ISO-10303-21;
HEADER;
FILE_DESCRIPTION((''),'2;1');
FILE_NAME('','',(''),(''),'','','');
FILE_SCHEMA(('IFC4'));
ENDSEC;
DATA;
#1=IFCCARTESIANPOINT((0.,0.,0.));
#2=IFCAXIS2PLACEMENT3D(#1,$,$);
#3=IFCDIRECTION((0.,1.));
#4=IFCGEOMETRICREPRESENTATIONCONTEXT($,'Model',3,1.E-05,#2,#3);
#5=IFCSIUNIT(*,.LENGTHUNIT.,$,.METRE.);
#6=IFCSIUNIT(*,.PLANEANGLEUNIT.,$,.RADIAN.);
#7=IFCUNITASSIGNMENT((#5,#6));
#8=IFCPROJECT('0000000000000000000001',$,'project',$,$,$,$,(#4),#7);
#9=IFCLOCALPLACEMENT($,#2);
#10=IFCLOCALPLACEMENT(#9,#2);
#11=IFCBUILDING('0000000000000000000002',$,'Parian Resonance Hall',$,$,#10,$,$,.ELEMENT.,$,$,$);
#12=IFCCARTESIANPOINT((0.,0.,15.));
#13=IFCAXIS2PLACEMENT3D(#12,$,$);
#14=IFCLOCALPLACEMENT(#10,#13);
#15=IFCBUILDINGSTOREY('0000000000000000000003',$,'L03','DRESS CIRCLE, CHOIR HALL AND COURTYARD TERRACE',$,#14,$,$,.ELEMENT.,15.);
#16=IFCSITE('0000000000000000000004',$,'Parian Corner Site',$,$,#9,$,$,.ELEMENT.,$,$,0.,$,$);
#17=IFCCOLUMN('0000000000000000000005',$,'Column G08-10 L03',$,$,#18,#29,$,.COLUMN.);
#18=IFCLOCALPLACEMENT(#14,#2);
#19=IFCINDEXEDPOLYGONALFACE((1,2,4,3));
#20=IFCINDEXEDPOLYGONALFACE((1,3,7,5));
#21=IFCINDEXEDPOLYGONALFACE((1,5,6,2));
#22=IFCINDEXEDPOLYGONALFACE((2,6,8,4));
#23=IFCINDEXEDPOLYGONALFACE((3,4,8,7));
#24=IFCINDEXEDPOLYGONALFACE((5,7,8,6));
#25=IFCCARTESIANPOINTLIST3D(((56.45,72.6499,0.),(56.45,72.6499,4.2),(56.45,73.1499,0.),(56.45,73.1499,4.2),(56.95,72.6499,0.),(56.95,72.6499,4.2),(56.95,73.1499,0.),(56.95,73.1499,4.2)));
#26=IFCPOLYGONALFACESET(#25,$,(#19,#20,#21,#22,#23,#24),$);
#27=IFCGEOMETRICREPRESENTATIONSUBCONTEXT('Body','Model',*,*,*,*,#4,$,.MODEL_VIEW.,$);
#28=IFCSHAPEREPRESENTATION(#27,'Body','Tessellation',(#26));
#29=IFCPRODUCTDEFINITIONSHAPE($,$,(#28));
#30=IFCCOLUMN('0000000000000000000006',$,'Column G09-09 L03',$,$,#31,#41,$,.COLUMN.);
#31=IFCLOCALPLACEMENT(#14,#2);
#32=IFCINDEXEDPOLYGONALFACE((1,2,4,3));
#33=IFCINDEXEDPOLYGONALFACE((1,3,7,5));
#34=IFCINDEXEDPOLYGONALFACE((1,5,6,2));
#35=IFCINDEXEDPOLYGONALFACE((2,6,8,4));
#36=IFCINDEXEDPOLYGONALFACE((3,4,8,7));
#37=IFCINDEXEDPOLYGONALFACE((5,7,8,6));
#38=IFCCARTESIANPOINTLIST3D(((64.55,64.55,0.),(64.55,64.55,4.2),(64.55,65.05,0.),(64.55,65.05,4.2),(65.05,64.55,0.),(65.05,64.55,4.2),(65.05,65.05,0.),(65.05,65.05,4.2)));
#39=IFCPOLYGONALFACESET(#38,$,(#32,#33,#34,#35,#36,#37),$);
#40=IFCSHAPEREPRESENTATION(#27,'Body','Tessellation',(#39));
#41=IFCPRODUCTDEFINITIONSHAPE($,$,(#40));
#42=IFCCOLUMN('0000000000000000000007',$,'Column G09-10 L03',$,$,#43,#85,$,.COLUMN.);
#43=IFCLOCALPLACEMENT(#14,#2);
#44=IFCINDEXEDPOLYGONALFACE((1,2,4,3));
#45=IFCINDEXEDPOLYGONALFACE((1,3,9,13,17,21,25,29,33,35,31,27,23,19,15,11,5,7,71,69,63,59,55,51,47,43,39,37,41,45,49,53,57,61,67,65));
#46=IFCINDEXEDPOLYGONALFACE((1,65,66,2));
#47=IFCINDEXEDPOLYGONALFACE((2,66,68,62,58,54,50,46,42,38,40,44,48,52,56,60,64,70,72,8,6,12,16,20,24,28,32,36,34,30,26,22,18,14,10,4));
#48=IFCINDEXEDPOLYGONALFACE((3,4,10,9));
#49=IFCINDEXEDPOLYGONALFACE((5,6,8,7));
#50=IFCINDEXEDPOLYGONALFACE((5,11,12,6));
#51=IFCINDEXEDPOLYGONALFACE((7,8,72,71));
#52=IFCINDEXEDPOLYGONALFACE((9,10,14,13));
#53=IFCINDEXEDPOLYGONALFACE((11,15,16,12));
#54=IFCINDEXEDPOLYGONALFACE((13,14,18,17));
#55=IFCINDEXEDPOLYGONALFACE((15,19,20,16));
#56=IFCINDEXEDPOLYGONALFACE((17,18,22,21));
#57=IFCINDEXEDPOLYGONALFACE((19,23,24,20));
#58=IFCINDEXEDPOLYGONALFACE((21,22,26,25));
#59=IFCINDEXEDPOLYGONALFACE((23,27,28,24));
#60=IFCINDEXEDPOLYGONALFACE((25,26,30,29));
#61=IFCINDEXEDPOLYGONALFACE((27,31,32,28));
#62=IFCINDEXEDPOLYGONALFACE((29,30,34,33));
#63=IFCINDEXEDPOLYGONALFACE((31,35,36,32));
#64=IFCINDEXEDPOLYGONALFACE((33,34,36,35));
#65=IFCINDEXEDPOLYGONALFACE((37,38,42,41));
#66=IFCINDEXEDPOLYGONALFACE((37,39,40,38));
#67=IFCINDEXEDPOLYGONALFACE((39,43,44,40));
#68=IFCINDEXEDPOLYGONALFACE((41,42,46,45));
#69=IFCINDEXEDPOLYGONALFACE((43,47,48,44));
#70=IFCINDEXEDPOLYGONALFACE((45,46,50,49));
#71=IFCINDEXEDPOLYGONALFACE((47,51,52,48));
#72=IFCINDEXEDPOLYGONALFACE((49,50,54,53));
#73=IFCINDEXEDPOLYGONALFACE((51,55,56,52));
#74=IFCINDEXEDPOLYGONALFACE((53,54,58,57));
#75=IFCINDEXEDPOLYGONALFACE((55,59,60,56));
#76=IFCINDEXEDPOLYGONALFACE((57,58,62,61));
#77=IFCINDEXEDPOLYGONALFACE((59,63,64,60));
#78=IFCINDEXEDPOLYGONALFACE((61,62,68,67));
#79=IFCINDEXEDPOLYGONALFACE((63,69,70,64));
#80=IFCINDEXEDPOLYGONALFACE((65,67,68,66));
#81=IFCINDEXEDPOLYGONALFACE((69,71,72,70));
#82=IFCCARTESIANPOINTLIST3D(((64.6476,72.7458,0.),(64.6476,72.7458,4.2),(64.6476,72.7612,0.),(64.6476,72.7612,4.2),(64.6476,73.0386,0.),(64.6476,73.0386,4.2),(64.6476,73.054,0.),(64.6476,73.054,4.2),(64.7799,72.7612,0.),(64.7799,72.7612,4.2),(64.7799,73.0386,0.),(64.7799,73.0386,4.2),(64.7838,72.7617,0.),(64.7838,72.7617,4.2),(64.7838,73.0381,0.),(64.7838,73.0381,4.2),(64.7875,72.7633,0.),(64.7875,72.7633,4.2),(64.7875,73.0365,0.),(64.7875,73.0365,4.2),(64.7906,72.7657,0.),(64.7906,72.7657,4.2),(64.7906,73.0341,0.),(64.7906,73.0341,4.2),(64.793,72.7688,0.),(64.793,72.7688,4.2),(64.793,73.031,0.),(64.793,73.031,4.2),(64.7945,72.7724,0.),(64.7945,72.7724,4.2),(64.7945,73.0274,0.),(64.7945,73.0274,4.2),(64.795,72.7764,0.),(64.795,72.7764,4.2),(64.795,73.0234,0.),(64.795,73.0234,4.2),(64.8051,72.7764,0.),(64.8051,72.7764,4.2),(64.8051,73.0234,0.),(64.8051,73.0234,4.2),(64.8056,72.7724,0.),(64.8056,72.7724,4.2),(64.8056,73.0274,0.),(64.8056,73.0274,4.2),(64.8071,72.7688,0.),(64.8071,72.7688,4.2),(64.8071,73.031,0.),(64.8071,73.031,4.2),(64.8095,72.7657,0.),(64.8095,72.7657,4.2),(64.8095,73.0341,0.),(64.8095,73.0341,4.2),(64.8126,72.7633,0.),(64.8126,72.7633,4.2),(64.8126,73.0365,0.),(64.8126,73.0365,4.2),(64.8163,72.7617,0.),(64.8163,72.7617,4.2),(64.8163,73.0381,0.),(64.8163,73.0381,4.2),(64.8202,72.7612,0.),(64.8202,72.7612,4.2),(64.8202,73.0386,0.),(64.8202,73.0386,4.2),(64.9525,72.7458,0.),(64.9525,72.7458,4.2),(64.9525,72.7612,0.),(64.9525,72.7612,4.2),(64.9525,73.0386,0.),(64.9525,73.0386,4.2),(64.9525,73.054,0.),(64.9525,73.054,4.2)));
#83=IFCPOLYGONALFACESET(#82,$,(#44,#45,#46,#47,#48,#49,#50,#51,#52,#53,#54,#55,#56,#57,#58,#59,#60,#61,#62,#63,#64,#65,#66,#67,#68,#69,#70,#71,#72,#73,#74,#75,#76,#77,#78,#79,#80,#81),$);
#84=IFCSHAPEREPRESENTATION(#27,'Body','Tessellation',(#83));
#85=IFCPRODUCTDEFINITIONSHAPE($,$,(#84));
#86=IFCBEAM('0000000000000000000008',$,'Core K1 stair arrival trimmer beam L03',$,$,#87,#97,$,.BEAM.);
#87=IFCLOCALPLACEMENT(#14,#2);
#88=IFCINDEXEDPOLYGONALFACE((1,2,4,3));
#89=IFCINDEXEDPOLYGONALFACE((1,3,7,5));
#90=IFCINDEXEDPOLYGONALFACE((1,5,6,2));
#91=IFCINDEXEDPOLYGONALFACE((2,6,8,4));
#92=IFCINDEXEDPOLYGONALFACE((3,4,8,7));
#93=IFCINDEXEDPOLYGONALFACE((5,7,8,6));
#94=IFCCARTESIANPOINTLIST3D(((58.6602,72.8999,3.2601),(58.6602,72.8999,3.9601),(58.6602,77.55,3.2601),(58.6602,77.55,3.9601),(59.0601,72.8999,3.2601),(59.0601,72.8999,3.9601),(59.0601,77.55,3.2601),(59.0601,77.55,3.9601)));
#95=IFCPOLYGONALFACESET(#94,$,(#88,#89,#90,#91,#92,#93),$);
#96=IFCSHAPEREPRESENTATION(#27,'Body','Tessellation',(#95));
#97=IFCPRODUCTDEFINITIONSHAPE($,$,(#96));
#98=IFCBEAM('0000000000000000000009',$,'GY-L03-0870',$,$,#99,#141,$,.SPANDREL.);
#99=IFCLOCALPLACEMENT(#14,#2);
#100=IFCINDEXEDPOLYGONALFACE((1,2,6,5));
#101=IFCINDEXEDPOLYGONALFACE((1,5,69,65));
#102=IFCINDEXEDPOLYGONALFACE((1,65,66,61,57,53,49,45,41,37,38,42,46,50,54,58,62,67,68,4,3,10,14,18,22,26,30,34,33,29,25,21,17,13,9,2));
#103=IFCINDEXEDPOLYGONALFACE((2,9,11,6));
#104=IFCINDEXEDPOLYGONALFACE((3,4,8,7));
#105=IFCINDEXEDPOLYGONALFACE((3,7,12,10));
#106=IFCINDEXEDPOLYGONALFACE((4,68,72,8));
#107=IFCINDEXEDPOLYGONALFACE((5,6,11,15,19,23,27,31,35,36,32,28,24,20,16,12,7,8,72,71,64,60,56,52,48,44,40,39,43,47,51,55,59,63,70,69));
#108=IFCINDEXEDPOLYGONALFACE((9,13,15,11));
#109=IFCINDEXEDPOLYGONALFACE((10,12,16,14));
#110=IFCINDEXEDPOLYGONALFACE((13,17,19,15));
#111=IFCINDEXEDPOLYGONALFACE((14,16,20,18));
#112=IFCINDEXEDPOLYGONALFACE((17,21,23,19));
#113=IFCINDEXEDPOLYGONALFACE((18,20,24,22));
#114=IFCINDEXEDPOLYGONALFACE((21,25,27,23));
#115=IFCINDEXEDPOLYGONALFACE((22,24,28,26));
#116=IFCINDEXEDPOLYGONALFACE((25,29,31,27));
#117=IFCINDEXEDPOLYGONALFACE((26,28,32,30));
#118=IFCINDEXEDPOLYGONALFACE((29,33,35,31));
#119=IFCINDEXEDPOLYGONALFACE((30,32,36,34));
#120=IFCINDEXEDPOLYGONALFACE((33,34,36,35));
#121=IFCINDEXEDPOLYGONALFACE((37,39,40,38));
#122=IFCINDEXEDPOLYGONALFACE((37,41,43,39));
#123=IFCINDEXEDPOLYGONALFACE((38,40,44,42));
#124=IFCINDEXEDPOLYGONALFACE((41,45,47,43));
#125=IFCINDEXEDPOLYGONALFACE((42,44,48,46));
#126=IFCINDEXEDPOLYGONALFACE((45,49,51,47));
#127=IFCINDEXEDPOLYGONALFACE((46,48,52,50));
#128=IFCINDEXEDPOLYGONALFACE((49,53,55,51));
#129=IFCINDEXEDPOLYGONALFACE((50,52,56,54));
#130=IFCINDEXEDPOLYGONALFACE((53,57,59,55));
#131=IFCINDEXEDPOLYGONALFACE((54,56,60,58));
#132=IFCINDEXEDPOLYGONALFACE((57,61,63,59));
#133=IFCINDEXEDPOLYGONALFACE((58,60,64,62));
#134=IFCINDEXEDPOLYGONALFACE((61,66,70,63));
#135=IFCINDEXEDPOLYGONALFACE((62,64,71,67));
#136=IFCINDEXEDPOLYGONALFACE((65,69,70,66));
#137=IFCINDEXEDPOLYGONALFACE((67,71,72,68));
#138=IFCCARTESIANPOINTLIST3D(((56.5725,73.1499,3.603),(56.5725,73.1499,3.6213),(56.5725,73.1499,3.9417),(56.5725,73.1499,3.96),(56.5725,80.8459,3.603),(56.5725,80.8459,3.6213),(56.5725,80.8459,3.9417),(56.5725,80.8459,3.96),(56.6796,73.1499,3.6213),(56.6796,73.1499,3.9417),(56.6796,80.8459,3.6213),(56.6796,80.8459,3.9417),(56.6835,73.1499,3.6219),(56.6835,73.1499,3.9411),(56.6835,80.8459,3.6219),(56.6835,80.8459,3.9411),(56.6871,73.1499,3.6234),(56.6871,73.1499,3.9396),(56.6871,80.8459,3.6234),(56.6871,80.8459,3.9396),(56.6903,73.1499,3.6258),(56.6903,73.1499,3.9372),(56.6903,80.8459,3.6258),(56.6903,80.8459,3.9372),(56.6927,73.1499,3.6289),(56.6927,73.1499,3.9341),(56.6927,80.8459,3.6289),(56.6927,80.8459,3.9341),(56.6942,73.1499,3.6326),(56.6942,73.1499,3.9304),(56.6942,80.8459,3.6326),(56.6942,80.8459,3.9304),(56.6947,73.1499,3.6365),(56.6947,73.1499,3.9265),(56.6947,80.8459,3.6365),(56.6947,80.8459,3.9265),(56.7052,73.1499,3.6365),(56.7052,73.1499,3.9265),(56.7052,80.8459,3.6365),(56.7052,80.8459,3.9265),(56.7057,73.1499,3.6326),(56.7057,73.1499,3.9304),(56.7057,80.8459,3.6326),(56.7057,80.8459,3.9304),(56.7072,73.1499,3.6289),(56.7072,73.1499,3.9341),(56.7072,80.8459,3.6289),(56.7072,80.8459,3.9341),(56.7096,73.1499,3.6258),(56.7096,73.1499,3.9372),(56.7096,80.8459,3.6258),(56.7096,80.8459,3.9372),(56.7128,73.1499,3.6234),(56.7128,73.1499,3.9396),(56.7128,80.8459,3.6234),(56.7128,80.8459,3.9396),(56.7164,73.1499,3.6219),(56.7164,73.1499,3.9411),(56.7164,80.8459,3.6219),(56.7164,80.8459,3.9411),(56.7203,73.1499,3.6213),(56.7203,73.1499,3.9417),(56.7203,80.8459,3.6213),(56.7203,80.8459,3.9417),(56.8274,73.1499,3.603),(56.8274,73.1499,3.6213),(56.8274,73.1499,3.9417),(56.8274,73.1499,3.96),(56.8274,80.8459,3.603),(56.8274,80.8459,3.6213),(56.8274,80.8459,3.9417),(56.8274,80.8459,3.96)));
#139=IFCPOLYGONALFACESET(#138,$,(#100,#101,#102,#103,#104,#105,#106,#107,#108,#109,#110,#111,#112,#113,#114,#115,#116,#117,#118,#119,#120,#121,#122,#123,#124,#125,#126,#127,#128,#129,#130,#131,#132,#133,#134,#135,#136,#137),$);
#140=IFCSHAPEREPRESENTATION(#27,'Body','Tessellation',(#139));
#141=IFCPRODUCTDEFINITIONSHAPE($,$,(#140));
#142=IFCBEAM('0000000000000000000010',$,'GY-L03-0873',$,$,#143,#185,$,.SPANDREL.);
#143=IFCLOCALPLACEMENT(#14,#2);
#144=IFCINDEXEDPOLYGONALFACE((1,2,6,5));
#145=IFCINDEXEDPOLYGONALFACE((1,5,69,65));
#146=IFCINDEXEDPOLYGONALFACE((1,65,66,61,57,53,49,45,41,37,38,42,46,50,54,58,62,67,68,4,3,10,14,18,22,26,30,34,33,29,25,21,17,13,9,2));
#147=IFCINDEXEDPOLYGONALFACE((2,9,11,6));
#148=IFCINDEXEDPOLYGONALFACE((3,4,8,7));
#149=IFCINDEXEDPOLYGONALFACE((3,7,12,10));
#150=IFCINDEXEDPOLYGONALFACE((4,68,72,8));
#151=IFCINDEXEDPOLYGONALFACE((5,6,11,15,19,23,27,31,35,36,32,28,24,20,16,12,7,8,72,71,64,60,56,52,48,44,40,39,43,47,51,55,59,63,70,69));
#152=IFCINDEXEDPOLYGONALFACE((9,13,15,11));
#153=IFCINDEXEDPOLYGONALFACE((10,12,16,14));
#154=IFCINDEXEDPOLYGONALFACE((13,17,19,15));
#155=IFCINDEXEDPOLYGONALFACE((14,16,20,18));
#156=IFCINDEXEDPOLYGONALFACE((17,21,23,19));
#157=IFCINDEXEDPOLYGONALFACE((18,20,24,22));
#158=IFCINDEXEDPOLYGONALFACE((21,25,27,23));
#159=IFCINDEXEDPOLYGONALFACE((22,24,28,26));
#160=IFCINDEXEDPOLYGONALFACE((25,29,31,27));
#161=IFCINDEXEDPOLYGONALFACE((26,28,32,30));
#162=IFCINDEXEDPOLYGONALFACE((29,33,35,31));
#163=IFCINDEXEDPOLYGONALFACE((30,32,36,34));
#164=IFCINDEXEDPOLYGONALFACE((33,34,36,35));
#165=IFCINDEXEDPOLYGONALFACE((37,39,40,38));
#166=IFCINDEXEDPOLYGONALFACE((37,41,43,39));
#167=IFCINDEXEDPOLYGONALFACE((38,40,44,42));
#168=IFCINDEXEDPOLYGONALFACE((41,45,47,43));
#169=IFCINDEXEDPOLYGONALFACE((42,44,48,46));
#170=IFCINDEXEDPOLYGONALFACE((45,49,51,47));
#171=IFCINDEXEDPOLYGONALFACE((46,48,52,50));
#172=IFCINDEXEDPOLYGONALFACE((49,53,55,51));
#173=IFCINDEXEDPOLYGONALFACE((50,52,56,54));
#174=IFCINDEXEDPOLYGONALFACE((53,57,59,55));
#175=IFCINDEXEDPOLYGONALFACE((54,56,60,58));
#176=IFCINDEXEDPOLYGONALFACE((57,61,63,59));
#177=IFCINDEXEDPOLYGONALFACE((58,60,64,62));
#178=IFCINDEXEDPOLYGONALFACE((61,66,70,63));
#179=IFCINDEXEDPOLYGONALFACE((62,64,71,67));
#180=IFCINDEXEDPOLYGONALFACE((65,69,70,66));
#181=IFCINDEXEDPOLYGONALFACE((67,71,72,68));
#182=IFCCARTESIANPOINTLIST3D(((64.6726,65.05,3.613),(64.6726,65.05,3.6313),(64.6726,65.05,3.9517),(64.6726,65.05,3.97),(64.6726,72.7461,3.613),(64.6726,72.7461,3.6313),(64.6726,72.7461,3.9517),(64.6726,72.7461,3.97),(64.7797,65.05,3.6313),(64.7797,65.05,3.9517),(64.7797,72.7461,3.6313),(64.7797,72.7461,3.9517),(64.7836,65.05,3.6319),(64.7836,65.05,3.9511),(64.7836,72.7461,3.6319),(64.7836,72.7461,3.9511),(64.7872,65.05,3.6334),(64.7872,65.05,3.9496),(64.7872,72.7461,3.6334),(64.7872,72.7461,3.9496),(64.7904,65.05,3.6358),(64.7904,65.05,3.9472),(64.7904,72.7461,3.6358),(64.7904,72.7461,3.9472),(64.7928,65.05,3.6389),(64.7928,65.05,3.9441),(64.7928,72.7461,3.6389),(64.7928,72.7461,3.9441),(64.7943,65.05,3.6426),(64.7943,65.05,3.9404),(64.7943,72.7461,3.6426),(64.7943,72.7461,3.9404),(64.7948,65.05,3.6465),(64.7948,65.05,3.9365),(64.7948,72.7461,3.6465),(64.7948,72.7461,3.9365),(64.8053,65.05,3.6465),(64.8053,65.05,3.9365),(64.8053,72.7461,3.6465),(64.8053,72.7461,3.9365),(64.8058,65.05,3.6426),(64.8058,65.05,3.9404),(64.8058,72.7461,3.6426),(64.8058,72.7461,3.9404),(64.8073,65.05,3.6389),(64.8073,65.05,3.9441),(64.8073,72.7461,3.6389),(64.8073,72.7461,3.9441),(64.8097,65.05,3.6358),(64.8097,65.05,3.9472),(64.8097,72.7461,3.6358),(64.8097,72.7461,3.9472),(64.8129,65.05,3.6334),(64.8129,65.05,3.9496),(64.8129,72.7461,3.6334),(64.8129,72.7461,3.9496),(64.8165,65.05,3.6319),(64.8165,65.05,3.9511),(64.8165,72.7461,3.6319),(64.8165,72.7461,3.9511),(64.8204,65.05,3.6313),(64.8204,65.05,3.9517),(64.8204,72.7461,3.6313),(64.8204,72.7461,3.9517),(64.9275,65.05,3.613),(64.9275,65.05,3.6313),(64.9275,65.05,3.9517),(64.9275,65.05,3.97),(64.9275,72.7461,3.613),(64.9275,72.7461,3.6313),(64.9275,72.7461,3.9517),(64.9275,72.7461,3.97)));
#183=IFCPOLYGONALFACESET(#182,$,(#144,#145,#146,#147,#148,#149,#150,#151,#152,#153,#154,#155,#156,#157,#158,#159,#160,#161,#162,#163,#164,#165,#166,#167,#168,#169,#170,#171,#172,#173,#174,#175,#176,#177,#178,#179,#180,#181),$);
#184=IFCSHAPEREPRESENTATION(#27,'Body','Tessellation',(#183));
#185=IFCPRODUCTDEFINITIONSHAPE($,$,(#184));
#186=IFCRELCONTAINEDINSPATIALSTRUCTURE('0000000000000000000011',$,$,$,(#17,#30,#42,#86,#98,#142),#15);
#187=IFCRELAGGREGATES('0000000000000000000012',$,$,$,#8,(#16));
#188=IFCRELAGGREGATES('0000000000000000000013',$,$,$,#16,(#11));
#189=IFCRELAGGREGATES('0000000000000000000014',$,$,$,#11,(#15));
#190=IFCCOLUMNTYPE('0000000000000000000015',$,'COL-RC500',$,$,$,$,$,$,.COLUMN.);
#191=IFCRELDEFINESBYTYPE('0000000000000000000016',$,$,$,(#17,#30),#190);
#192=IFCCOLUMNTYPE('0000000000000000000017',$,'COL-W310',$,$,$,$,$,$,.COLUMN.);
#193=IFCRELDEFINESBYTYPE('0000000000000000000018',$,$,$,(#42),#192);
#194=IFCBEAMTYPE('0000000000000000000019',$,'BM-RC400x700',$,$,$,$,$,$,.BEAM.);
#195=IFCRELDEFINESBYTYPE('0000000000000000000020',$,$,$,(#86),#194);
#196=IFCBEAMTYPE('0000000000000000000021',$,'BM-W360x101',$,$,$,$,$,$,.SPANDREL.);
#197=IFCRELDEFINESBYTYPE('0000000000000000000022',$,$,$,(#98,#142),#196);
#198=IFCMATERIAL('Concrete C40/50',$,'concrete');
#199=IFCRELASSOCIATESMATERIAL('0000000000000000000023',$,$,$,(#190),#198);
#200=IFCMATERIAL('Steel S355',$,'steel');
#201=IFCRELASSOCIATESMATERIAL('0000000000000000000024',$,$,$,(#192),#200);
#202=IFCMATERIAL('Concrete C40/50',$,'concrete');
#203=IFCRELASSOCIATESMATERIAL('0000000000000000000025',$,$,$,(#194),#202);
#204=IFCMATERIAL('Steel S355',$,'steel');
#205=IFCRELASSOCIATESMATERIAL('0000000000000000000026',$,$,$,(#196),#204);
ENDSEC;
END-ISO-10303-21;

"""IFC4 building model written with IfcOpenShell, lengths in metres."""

from ifc_helpers import new_model, si_unit, direction, frame, origin, origin_2d, place, context, subcontext, project, spatial, rectangle, i_section, extrude, material, material_profile, profile_set, type_object, element, save


model = new_model("IFC4")

# Units and contexts
model_context = context("Model", 3, precision=1e-05, world=origin(), true_north=direction((0.0, 1.0)))
body_context = subcontext(model_context, "Body", "Model", "MODEL_VIEW")
ifc_project = project(units=[si_unit("LENGTHUNIT", "METRE"), si_unit("PLANEANGLEUNIT", "RADIAN")], contexts=[model_context])

# Site, building, storey
site_placement = place(None, origin())
site = spatial("IfcSite", under=ifc_project, at=site_placement, Name="Parian Corner Site", CompositionType="ELEMENT", RefElevation=0.0)
building_placement = place(site_placement, origin())
building = spatial("IfcBuilding", under=site, at=building_placement, Name="Parian Resonance Hall", CompositionType="ELEMENT")
storey_placement = place(building_placement, frame((0.0, 0.0, 15.0)))
storey = spatial("IfcBuildingStorey", under=building, at=storey_placement, Name="L03", Description="DRESS CIRCLE, CHOIR HALL AND COURTYARD TERRACE", CompositionType="ELEMENT", Elevation=15.0)

# Columns
ifc_material_1 = material(Name="Concrete C40/50", Category="concrete")
ifc_material_profile_1 = material_profile(ifc_material_1, rectangle(XDim=0.5, YDim=0.5, at=origin_2d()), Name="RC-COL-500x500")
ifc_profile_set_1 = profile_set([ifc_material_profile_1], Name="Concrete C40/50")
column_type_1 = type_object("IfcColumnType", Name="COL-RC500", PredefinedType="COLUMN", material=ifc_profile_set_1)
for number, where, z_axis, x_axis, name in (
    (1, (56.7, 72.8999, 0.0), (0.0, 0.0, 1.0), (1.0, 0.0, 0.0), "Column G08-10 L03"),
    (2, (64.8, 64.8, 0.0), (0.0, 0.0, 1.0), (1.0, 0.0, 0.0), "Column G09-09 L03"),
):
    element("IfcColumn", number, at=place(storey_placement, frame(where, z_axis=z_axis, x_axis=x_axis)), inside=storey, type_object=column_type_1, Name=name, PredefinedType="COLUMN", context=body_context, shape_type="SweptSolid", body=[
        extrude(rectangle(XDim=0.5, YDim=0.5, at=origin_2d()), origin(), (0.0, 0.0, 1.0), 4.2),
    ])
ifc_material_2 = material(Name="Steel S355", Category="steel")
ifc_material_profile_2 = material_profile(ifc_material_2, i_section(OverallWidth=0.3049, OverallDepth=0.3081, WebThickness=0.01, FlangeThickness=0.0154, FilletRadius=0.0151, at=origin_2d()), Name="W310x97")
ifc_profile_set_2 = profile_set([ifc_material_profile_2], Name="Steel S355")
column_type_2 = type_object("IfcColumnType", Name="COL-W310", PredefinedType="COLUMN", material=ifc_profile_set_2)
column_placement = place(storey_placement, frame((64.8, 72.8999, 0.0), z_axis=(0.0, 0.0, 1.0), x_axis=(1.0, 0.0, 0.0)))
element("IfcColumn", 3, at=column_placement, inside=storey, type_object=column_type_2, Name="Column G09-10 L03", PredefinedType="COLUMN", context=body_context, shape_type="SweptSolid", body=[
    extrude(i_section(OverallWidth=0.3049, OverallDepth=0.3081, WebThickness=0.01, FlangeThickness=0.0154, FilletRadius=0.0151, at=origin_2d()), origin(), (0.0, 0.0, 1.0), 4.2),
])

# Beams
ifc_material_3 = material(Name="Concrete C40/50", Category="concrete")
ifc_material_profile_3 = material_profile(ifc_material_3, rectangle(XDim=0.3999, YDim=0.7, at=origin_2d()), Name="RC-BM-400x700")
ifc_profile_set_3 = profile_set([ifc_material_profile_3], Name="Concrete C40/50")
beam_type_1 = type_object("IfcBeamType", Name="BM-RC400x700", PredefinedType="BEAM", material=ifc_profile_set_3)
beam_1_placement = place(storey_placement, frame((58.8601, 72.8999, 3.6101), z_axis=(0.0, 1.0, 0.0), x_axis=(-1.0, 0.0, 0.0)))
element("IfcBeam", 4, at=beam_1_placement, inside=storey, type_object=beam_type_1, Name="Core K1 stair arrival trimmer beam L03", PredefinedType="BEAM", context=body_context, shape_type="SweptSolid", body=[
    extrude(rectangle(XDim=0.3999, YDim=0.7, at=origin_2d()), origin(), (0.0, 0.0, 1.0), 4.6501),
])
ifc_material_4 = material(Name="Steel S355", Category="steel")
ifc_material_profile_4 = material_profile(ifc_material_4, i_section(OverallWidth=0.2549, OverallDepth=0.3569, WebThickness=0.0105, FlangeThickness=0.0183, FilletRadius=0.0151, at=origin_2d()), Name="W360x101")
ifc_profile_set_4 = profile_set([ifc_material_profile_4], Name="Steel S355")
beam_type_2 = type_object("IfcBeamType", Name="BM-W360x101", PredefinedType="SPANDREL", material=ifc_profile_set_4)
for number, where, z_axis, x_axis, name in (
    (5, (56.7, 73.1499, 3.7815), (0.0, 1.0, 0.0), (-1.0, 0.0, 0.0), "GY-L03-0870"),
    (6, (64.8, 65.05, 3.7915), (0.0, 1.0, 0.0), (-1.0, 0.0, 0.0), "GY-L03-0873"),
):
    element("IfcBeam", number, at=place(storey_placement, frame(where, z_axis=z_axis, x_axis=x_axis)), inside=storey, type_object=beam_type_2, Name=name, PredefinedType="SPANDREL", context=body_context, shape_type="SweptSolid", body=[
        extrude(i_section(OverallWidth=0.2549, OverallDepth=0.3569, WebThickness=0.0105, FlangeThickness=0.0183, FilletRadius=0.0151, at=origin_2d()), origin(), (0.0, 0.0, 1.0), 7.696),
    ])

save(model, "model.ifc")
